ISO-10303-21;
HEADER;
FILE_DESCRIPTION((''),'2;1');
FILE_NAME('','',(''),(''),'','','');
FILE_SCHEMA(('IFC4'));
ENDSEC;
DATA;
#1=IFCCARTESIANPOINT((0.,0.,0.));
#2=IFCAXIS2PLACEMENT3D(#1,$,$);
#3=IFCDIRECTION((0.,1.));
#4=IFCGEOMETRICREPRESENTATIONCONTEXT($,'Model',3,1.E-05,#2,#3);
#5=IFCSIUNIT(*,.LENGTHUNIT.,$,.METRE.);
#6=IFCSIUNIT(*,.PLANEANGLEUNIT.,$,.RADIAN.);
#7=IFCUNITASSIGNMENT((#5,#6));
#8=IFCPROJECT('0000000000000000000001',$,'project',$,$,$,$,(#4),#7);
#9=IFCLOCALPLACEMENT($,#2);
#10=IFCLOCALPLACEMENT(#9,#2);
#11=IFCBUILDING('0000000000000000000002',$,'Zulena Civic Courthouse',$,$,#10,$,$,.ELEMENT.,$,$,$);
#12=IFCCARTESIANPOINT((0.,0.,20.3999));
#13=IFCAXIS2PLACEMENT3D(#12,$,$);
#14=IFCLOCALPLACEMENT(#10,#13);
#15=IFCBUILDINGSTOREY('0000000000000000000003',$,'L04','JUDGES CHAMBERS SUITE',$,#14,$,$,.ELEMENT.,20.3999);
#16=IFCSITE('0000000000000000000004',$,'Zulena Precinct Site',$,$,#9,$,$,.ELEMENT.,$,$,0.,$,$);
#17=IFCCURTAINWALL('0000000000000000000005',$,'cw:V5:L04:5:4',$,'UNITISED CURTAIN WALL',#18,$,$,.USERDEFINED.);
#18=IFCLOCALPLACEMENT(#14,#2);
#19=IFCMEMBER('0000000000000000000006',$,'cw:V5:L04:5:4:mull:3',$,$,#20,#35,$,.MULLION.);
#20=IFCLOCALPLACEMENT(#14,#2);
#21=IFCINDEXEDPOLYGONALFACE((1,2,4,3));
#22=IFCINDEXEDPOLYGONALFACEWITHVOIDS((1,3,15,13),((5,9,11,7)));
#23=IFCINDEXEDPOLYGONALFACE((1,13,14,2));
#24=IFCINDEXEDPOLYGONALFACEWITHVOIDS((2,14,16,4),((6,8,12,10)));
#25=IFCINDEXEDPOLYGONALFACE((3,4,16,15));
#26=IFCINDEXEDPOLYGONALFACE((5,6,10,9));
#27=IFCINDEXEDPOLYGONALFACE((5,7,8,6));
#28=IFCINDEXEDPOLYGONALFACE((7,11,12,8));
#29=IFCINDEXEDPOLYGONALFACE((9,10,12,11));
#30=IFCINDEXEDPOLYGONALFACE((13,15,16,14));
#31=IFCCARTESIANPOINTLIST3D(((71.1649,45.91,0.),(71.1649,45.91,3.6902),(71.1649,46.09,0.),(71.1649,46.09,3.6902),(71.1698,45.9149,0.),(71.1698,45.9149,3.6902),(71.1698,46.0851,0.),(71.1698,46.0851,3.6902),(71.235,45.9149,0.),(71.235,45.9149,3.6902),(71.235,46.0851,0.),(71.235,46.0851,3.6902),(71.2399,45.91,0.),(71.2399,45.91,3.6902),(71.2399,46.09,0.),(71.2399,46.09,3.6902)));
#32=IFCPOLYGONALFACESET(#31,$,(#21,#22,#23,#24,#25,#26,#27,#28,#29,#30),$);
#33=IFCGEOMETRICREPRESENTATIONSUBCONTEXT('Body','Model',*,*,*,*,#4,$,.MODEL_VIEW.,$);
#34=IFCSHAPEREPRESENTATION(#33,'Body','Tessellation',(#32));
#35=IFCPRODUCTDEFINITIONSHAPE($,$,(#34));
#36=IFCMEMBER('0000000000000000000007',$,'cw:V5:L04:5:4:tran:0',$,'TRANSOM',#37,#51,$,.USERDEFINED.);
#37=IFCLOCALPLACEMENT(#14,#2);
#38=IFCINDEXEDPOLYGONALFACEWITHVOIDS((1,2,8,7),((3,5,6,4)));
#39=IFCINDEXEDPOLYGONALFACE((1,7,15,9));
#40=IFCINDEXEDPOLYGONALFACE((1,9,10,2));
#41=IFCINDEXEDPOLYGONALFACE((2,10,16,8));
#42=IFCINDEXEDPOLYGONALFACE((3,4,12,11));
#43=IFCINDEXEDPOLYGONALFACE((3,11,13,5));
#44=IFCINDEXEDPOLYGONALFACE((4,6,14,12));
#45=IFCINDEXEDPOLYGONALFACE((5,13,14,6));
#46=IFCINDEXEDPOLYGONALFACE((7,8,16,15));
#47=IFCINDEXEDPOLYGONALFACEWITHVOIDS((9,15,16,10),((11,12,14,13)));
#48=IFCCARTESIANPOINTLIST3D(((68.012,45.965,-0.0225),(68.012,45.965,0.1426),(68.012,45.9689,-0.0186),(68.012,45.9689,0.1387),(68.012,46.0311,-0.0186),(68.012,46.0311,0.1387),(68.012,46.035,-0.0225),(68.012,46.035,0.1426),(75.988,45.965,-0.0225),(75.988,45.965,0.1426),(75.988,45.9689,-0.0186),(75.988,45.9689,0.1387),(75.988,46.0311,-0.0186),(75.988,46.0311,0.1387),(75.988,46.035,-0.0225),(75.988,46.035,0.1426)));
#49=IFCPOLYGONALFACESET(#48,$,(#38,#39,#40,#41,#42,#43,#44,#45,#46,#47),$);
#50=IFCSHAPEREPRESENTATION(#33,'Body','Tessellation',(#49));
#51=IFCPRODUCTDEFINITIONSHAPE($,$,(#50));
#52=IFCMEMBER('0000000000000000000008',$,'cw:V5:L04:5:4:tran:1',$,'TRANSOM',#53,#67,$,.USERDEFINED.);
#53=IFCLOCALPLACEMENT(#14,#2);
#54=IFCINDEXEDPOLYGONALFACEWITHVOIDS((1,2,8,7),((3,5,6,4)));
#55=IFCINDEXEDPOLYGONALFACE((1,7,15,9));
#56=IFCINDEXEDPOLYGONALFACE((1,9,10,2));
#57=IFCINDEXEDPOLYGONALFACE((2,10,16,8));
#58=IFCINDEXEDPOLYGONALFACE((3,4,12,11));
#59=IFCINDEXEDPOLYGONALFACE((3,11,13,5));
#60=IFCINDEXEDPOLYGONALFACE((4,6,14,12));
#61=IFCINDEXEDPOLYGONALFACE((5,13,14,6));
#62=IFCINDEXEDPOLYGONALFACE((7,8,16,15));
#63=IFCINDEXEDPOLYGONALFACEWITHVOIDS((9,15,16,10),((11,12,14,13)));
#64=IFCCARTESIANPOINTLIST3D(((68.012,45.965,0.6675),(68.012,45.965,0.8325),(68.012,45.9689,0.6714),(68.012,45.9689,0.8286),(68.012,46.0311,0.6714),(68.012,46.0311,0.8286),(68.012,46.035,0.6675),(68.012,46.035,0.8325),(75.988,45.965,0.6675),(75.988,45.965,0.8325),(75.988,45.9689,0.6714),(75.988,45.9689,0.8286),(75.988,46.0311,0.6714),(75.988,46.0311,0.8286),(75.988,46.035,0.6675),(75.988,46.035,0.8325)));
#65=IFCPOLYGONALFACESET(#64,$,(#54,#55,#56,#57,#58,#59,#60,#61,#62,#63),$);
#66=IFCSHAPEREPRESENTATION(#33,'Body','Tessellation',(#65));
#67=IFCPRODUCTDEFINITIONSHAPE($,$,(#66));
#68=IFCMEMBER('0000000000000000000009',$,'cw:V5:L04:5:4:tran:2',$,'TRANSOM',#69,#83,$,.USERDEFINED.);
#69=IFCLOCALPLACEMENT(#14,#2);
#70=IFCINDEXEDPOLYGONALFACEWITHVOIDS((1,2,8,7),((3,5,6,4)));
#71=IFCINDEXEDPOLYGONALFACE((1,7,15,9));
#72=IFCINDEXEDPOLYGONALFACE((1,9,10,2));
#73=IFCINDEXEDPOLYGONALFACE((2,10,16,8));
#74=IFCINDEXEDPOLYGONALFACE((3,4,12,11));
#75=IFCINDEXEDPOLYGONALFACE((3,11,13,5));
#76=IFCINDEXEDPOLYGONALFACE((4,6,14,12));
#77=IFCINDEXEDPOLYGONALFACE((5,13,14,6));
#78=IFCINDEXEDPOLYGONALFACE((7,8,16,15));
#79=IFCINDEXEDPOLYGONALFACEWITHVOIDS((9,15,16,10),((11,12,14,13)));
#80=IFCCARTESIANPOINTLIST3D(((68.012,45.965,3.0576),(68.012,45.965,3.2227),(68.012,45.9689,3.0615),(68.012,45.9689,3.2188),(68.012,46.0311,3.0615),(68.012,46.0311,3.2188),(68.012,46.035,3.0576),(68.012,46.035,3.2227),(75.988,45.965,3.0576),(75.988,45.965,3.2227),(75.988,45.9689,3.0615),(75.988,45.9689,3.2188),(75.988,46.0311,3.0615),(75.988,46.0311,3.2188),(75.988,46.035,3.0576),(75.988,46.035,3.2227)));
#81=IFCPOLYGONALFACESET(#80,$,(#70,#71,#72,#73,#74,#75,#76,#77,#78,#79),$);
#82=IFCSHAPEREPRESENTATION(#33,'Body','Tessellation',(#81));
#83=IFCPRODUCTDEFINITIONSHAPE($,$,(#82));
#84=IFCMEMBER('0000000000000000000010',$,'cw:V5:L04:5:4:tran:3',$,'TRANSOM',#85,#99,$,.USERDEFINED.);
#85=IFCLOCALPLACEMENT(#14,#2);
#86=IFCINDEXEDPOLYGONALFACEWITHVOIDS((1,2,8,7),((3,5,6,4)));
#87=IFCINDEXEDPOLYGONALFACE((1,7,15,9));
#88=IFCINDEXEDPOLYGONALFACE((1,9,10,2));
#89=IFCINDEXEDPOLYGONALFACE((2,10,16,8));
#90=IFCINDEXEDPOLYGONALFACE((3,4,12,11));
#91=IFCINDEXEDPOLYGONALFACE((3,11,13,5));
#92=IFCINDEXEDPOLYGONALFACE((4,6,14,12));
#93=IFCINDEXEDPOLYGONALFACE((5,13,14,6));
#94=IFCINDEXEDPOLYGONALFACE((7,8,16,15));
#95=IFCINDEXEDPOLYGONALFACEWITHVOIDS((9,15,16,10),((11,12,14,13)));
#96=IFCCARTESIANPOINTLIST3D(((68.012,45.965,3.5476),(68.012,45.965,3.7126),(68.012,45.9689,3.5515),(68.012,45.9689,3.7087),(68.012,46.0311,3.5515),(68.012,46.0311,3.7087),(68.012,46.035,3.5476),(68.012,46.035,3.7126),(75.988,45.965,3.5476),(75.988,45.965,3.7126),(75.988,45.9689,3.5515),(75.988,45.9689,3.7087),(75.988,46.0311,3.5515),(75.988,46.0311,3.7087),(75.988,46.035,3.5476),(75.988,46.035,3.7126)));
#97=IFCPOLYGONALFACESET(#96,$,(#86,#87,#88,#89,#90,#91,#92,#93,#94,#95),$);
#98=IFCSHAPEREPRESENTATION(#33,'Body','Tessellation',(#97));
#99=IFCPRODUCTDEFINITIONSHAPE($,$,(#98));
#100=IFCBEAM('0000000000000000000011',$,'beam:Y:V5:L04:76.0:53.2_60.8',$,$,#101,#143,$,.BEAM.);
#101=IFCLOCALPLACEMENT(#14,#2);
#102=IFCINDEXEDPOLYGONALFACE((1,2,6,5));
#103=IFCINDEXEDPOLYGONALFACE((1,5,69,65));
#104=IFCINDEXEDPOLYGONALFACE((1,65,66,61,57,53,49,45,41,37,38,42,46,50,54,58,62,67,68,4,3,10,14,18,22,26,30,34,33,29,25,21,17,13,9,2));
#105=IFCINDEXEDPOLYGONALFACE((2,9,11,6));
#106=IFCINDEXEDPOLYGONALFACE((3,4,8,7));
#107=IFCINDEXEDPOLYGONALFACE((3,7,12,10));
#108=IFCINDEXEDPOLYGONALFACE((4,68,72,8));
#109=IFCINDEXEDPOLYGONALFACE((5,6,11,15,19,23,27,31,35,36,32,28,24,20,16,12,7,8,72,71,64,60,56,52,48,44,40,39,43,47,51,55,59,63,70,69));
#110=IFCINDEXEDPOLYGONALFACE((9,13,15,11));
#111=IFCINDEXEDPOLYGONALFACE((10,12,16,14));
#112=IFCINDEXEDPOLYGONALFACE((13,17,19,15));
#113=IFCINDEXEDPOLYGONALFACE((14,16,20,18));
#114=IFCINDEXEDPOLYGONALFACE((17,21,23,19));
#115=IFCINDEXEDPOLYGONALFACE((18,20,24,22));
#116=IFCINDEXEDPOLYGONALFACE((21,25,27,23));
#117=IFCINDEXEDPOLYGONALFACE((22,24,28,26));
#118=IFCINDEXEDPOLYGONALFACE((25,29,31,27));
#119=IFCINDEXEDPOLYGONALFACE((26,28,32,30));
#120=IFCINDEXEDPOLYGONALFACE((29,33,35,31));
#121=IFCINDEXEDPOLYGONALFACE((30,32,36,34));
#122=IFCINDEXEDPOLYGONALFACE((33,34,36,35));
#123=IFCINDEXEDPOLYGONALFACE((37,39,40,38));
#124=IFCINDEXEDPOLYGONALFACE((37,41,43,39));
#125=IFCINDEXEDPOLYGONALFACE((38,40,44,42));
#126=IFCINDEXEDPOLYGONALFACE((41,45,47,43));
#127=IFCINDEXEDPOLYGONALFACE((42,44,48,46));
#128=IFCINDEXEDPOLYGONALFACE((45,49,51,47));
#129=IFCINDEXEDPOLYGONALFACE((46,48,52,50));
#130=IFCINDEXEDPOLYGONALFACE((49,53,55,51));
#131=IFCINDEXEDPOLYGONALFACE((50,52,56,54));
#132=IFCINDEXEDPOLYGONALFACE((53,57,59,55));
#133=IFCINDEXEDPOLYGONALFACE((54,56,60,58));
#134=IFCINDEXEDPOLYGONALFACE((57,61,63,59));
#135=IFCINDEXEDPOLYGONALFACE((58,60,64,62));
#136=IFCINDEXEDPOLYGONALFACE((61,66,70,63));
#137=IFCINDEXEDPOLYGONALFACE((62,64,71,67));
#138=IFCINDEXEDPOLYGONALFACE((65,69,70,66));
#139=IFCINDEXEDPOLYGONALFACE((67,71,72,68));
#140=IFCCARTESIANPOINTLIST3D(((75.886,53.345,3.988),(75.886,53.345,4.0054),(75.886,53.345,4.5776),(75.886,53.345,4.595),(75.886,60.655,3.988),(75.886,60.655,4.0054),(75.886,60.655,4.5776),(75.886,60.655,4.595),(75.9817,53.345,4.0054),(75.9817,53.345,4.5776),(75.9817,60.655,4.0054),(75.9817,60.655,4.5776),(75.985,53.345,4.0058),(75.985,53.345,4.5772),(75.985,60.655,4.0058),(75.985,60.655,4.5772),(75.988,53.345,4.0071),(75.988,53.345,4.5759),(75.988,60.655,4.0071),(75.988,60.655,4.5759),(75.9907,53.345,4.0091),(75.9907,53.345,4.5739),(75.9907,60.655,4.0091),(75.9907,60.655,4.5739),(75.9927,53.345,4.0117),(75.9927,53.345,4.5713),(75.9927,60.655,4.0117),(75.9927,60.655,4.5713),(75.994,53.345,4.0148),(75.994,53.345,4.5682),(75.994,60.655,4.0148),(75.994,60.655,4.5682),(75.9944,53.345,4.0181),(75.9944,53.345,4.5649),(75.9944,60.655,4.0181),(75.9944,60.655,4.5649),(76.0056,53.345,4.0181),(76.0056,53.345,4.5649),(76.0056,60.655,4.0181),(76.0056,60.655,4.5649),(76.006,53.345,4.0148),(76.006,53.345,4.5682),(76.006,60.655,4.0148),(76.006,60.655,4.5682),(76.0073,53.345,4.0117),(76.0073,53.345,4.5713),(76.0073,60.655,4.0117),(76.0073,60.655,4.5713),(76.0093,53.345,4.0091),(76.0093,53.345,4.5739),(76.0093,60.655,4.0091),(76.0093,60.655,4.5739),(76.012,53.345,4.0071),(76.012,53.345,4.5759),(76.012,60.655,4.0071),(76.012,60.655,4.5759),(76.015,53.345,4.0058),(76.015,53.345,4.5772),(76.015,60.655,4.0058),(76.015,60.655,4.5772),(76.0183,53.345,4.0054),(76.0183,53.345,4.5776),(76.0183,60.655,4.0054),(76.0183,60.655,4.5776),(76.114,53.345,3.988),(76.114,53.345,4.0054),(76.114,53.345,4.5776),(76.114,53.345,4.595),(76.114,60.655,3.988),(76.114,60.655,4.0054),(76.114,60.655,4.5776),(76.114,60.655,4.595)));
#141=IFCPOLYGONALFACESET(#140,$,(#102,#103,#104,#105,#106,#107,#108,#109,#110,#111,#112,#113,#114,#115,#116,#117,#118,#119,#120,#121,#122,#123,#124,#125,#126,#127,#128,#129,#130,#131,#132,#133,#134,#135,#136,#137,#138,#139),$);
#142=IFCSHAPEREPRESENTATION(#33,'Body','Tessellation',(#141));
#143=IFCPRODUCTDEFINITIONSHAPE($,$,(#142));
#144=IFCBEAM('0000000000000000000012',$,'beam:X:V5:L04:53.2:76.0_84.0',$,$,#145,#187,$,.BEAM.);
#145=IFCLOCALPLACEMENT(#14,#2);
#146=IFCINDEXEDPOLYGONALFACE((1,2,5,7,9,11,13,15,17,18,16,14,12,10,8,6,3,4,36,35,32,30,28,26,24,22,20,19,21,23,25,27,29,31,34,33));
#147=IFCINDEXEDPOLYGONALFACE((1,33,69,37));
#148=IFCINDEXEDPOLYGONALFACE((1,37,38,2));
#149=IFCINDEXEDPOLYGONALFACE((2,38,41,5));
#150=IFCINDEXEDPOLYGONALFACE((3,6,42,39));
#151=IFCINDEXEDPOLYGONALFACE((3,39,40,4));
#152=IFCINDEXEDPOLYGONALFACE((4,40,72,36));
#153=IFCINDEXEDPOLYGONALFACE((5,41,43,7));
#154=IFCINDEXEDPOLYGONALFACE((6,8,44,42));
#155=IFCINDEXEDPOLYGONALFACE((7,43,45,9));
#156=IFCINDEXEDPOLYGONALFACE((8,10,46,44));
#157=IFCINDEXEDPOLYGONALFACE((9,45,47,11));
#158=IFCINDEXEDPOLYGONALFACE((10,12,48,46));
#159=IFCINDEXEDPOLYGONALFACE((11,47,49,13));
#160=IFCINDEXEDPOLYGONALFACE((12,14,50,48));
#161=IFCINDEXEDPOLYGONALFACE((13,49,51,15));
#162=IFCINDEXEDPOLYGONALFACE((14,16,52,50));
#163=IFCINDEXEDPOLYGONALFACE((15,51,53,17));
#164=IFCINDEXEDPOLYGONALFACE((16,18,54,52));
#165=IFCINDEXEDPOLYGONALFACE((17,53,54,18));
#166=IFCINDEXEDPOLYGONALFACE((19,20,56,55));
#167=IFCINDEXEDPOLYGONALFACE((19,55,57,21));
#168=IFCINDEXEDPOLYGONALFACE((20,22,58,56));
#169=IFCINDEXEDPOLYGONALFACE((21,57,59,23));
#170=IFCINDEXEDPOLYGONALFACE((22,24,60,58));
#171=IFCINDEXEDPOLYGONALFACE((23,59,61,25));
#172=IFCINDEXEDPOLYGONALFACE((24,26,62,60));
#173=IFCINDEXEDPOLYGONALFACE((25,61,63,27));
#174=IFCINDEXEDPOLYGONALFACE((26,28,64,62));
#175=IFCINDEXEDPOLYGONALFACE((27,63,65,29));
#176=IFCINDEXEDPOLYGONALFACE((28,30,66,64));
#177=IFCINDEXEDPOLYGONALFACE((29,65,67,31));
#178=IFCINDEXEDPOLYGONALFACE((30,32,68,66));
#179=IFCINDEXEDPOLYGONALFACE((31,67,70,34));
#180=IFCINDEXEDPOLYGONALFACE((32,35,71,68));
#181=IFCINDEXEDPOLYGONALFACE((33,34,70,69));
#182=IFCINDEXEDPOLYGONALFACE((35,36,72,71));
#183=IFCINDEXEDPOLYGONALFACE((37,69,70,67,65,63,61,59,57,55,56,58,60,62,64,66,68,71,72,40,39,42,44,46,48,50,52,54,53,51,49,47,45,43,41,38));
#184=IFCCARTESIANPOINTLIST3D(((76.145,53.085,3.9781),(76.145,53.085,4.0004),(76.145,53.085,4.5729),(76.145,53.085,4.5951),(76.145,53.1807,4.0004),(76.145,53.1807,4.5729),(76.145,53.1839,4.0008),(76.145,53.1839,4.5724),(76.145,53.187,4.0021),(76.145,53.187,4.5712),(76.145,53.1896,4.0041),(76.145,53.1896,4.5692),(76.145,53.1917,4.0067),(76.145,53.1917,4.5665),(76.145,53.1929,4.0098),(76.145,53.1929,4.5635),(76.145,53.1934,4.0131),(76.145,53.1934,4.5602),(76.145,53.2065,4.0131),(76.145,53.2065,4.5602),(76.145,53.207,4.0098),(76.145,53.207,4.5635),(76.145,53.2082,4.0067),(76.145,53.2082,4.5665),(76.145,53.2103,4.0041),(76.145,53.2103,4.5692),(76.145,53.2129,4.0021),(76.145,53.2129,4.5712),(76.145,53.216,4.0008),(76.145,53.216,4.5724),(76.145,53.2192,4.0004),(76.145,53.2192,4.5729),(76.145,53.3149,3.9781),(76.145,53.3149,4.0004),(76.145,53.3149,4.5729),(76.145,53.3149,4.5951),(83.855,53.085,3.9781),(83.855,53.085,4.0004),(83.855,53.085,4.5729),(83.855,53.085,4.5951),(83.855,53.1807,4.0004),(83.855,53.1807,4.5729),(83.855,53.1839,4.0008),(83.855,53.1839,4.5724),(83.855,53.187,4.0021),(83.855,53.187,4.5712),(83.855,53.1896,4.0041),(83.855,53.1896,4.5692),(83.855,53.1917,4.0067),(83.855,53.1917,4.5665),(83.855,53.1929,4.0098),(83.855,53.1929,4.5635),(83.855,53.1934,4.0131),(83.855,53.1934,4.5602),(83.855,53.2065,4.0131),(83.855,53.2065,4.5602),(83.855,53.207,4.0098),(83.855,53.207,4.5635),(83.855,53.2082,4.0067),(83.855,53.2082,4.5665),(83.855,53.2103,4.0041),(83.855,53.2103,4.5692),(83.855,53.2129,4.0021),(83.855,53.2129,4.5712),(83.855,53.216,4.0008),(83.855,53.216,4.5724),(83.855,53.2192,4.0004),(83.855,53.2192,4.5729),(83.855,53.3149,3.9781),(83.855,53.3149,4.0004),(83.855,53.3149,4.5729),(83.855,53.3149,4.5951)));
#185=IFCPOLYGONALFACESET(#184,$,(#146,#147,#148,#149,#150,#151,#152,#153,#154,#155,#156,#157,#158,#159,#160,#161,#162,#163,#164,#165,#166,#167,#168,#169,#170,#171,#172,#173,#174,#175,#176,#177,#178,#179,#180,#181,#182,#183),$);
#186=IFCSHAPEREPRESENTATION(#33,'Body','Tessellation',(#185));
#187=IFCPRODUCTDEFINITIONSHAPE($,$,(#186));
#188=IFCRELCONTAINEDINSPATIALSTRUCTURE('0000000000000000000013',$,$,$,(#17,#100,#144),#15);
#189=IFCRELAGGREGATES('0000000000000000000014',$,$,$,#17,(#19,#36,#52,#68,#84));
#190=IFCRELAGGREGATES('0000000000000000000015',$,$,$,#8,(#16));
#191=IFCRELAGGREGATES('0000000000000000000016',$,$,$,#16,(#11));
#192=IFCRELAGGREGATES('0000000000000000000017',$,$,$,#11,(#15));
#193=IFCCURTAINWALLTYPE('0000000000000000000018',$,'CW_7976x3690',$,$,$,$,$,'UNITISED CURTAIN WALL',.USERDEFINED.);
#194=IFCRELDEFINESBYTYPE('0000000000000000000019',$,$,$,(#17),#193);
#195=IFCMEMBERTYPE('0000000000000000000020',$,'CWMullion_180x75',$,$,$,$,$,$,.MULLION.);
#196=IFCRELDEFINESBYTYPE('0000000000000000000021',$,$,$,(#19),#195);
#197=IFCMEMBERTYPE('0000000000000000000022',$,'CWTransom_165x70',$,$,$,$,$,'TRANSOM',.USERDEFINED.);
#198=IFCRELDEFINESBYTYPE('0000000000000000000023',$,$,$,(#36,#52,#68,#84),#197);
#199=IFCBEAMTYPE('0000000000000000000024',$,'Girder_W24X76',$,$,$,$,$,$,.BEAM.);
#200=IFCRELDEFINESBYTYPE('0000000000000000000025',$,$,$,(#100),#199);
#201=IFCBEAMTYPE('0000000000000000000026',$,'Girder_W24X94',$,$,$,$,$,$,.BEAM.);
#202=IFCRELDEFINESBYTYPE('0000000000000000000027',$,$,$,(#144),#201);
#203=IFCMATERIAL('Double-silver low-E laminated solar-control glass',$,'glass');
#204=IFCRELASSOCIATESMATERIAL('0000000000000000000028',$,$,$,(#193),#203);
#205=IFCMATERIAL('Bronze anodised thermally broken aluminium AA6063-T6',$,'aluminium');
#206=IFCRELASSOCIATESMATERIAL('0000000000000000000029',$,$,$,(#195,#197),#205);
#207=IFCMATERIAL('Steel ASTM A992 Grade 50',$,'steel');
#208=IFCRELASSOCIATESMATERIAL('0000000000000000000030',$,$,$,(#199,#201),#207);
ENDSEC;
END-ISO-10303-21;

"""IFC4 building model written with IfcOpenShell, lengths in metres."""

from ifc_helpers import new_model, si_unit, direction, frame, origin, origin_2d, place, context, subcontext, project, spatial, hollow_rectangle, i_section, extrude, material, material_profile, profile_set, type_object, element, aggregate, save


model = new_model("IFC4")

# Units and contexts
model_context = context("Model", 3, precision=1e-05, world=origin(), true_north=direction((0.0, 1.0)))
body_context = subcontext(model_context, "Body", "Model", "MODEL_VIEW")
ifc_project = project(units=[si_unit("LENGTHUNIT", "METRE"), si_unit("PLANEANGLEUNIT", "RADIAN")], contexts=[model_context])

# Site, building, storey
site_placement = place(None, origin())
site = spatial("IfcSite", under=ifc_project, at=site_placement, Name="Zulena Precinct Site", CompositionType="ELEMENT", RefElevation=0.0)
building_placement = place(site_placement, origin())
building = spatial("IfcBuilding", under=site, at=building_placement, Name="Zulena Civic Courthouse", CompositionType="ELEMENT")
storey_placement = place(building_placement, frame((0.0, 0.0, 20.3999)))
storey = spatial("IfcBuildingStorey", under=building, at=storey_placement, Name="L04", Description="JUDGES CHAMBERS SUITE", CompositionType="ELEMENT", Elevation=20.3999)

# Shared definitions
ifc_material_1 = material(Name="Steel ASTM A992 Grade 50", Category="steel")

# Curtain wall, members
ifc_material_2 = material(Name="Double-silver low-E laminated solar-control glass", Category="glass")
curtain_wall_type = type_object("IfcCurtainWallType", Name="CW_7976x3690", ElementType="UNITISED CURTAIN WALL", PredefinedType="USERDEFINED", material=ifc_material_2)
ifc_material_3 = material(Name="Bronze anodised thermally broken aluminium AA6063-T6", Category="aluminium")
ifc_material_profile_1 = material_profile(ifc_material_3, hollow_rectangle(XDim=0.075, YDim=0.1799, WallThickness=0.0049, at=origin_2d()), Name="CWM180X75X5")
ifc_profile_set_1 = profile_set([ifc_material_profile_1], Name="Bronze anodised thermally broken aluminium AA6063-T6")
member_type_1 = type_object("IfcMemberType", Name="CWMullion_180x75", PredefinedType="MULLION", material=ifc_profile_set_1)
curtain_wall_1_placement = place(storey_placement, origin())
curtain_wall_1 = element("IfcCurtainWall", 1, at=curtain_wall_1_placement, inside=storey, type_object=curtain_wall_type, Name="cw:V5:L04:5:4", ObjectType="UNITISED CURTAIN WALL", PredefinedType="USERDEFINED")
member_1_placement = place(storey_placement, frame((71.2024, 46.0, 0.0), z_axis=(0.0, 0.0, 1.0), x_axis=(1.0, 0.0, 0.0)))
member_1 = element("IfcMember", 2, at=member_1_placement, type_object=member_type_1, Name="cw:V5:L04:5:4:mull:3", PredefinedType="MULLION", context=body_context, shape_type="SweptSolid", body=[
    extrude(hollow_rectangle(XDim=0.075, YDim=0.1799, WallThickness=0.0049, at=origin_2d()), origin(), (0.0, 0.0, 1.0), 3.6902),
])
ifc_material_profile_2 = material_profile(ifc_material_3, hollow_rectangle(XDim=0.0701, YDim=0.165, WallThickness=0.0039, at=origin_2d()), Name="CWT165X70X4")
ifc_profile_set_2 = profile_set([ifc_material_profile_2], Name="Bronze anodised thermally broken aluminium AA6063-T6")
member_type_2 = type_object("IfcMemberType", Name="CWTransom_165x70", ElementType="TRANSOM", PredefinedType="USERDEFINED", material=ifc_profile_set_2)
member_2_placement = place(storey_placement, frame((75.988, 46.0, 0.0601), z_axis=(-1.0, 0.0, 0.0), x_axis=(0.0, -1.0, 0.0)))
member_2 = element("IfcMember", 3, at=member_2_placement, type_object=member_type_2, Name="cw:V5:L04:5:4:tran:0", ObjectType="TRANSOM", PredefinedType="USERDEFINED", context=body_context, shape_type="SweptSolid", body=[
    extrude(hollow_rectangle(XDim=0.0701, YDim=0.165, WallThickness=0.0039, at=origin_2d()), origin(), (0.0, 0.0, 1.0), 7.9761),
])
member_3_placement = place(storey_placement, frame((75.988, 46.0, 0.75), z_axis=(-1.0, 0.0, 0.0), x_axis=(0.0, -1.0, 0.0)))
member_3 = element("IfcMember", 4, at=member_3_placement, type_object=member_type_2, Name="cw:V5:L04:5:4:tran:1", ObjectType="TRANSOM", PredefinedType="USERDEFINED", context=body_context, shape_type="SweptSolid", body=[
    extrude(hollow_rectangle(XDim=0.0701, YDim=0.165, WallThickness=0.0039, at=origin_2d()), origin(), (0.0, 0.0, 1.0), 7.9761),
])
member_4_placement = place(storey_placement, frame((75.988, 46.0, 3.1401), z_axis=(-1.0, 0.0, 0.0), x_axis=(0.0, -1.0, 0.0)))
member_4 = element("IfcMember", 5, at=member_4_placement, type_object=member_type_2, Name="cw:V5:L04:5:4:tran:2", ObjectType="TRANSOM", PredefinedType="USERDEFINED", context=body_context, shape_type="SweptSolid", body=[
    extrude(hollow_rectangle(XDim=0.0701, YDim=0.165, WallThickness=0.0039, at=origin_2d()), origin(), (0.0, 0.0, 1.0), 7.9761),
])
member_5_placement = place(storey_placement, frame((75.988, 46.0, 3.6301), z_axis=(-1.0, 0.0, 0.0), x_axis=(0.0, -1.0, 0.0)))
member_5 = element("IfcMember", 6, at=member_5_placement, type_object=member_type_2, Name="cw:V5:L04:5:4:tran:3", ObjectType="TRANSOM", PredefinedType="USERDEFINED", context=body_context, shape_type="SweptSolid", body=[
    extrude(hollow_rectangle(XDim=0.0701, YDim=0.165, WallThickness=0.0039, at=origin_2d()), origin(), (0.0, 0.0, 1.0), 7.9761),
])

# Beams
ifc_material_profile_3 = material_profile(ifc_material_1, i_section(OverallWidth=0.228, OverallDepth=0.6069, WebThickness=0.0112, FlangeThickness=0.0173, FilletRadius=0.0127, at=origin_2d()), Name="W24X76")
ifc_profile_set_3 = profile_set([ifc_material_profile_3], Name="Steel ASTM A992 Grade 50")
beam_type_1 = type_object("IfcBeamType", Name="Girder_W24X76", PredefinedType="BEAM", material=ifc_profile_set_3)
beam_1_placement = place(storey_placement, frame((76.0, 53.345, 4.2915), z_axis=(0.0, 1.0, 0.0), x_axis=(-1.0, 0.0, 0.0)))
element("IfcBeam", 7, at=beam_1_placement, inside=storey, type_object=beam_type_1, Name="beam:Y:V5:L04:76.0:53.2_60.8", PredefinedType="BEAM", context=body_context, shape_type="SweptSolid", body=[
    extrude(i_section(OverallWidth=0.228, OverallDepth=0.6069, WebThickness=0.0112, FlangeThickness=0.0173, FilletRadius=0.0127, at=origin_2d()), origin(), (0.0, 0.0, 1.0), 7.3101),
])
ifc_material_profile_4 = material_profile(ifc_material_1, i_section(OverallWidth=0.23, OverallDepth=0.6169, WebThickness=0.0132, FlangeThickness=0.0222, FilletRadius=0.0127, at=origin_2d()), Name="W24X94")
ifc_profile_set_4 = profile_set([ifc_material_profile_4], Name="Steel ASTM A992 Grade 50")
beam_type_2 = type_object("IfcBeamType", Name="Girder_W24X94", PredefinedType="BEAM", material=ifc_profile_set_4)
beam_2_placement = place(storey_placement, frame((76.145, 53.2, 4.2866), z_axis=(1.0, 0.0, 0.0), x_axis=(0.0, 1.0, 0.0)))
element("IfcBeam", 8, at=beam_2_placement, inside=storey, type_object=beam_type_2, Name="beam:X:V5:L04:53.2:76.0_84.0", PredefinedType="BEAM", context=body_context, shape_type="SweptSolid", body=[
    extrude(i_section(OverallWidth=0.23, OverallDepth=0.6169, WebThickness=0.0132, FlangeThickness=0.0222, FilletRadius=0.0127, at=origin_2d()), origin(), (0.0, 0.0, 1.0), 7.71),
])

aggregate(curtain_wall_1, [member_1, member_2, member_3, member_4, member_5])

save(model, "model.ifc")
